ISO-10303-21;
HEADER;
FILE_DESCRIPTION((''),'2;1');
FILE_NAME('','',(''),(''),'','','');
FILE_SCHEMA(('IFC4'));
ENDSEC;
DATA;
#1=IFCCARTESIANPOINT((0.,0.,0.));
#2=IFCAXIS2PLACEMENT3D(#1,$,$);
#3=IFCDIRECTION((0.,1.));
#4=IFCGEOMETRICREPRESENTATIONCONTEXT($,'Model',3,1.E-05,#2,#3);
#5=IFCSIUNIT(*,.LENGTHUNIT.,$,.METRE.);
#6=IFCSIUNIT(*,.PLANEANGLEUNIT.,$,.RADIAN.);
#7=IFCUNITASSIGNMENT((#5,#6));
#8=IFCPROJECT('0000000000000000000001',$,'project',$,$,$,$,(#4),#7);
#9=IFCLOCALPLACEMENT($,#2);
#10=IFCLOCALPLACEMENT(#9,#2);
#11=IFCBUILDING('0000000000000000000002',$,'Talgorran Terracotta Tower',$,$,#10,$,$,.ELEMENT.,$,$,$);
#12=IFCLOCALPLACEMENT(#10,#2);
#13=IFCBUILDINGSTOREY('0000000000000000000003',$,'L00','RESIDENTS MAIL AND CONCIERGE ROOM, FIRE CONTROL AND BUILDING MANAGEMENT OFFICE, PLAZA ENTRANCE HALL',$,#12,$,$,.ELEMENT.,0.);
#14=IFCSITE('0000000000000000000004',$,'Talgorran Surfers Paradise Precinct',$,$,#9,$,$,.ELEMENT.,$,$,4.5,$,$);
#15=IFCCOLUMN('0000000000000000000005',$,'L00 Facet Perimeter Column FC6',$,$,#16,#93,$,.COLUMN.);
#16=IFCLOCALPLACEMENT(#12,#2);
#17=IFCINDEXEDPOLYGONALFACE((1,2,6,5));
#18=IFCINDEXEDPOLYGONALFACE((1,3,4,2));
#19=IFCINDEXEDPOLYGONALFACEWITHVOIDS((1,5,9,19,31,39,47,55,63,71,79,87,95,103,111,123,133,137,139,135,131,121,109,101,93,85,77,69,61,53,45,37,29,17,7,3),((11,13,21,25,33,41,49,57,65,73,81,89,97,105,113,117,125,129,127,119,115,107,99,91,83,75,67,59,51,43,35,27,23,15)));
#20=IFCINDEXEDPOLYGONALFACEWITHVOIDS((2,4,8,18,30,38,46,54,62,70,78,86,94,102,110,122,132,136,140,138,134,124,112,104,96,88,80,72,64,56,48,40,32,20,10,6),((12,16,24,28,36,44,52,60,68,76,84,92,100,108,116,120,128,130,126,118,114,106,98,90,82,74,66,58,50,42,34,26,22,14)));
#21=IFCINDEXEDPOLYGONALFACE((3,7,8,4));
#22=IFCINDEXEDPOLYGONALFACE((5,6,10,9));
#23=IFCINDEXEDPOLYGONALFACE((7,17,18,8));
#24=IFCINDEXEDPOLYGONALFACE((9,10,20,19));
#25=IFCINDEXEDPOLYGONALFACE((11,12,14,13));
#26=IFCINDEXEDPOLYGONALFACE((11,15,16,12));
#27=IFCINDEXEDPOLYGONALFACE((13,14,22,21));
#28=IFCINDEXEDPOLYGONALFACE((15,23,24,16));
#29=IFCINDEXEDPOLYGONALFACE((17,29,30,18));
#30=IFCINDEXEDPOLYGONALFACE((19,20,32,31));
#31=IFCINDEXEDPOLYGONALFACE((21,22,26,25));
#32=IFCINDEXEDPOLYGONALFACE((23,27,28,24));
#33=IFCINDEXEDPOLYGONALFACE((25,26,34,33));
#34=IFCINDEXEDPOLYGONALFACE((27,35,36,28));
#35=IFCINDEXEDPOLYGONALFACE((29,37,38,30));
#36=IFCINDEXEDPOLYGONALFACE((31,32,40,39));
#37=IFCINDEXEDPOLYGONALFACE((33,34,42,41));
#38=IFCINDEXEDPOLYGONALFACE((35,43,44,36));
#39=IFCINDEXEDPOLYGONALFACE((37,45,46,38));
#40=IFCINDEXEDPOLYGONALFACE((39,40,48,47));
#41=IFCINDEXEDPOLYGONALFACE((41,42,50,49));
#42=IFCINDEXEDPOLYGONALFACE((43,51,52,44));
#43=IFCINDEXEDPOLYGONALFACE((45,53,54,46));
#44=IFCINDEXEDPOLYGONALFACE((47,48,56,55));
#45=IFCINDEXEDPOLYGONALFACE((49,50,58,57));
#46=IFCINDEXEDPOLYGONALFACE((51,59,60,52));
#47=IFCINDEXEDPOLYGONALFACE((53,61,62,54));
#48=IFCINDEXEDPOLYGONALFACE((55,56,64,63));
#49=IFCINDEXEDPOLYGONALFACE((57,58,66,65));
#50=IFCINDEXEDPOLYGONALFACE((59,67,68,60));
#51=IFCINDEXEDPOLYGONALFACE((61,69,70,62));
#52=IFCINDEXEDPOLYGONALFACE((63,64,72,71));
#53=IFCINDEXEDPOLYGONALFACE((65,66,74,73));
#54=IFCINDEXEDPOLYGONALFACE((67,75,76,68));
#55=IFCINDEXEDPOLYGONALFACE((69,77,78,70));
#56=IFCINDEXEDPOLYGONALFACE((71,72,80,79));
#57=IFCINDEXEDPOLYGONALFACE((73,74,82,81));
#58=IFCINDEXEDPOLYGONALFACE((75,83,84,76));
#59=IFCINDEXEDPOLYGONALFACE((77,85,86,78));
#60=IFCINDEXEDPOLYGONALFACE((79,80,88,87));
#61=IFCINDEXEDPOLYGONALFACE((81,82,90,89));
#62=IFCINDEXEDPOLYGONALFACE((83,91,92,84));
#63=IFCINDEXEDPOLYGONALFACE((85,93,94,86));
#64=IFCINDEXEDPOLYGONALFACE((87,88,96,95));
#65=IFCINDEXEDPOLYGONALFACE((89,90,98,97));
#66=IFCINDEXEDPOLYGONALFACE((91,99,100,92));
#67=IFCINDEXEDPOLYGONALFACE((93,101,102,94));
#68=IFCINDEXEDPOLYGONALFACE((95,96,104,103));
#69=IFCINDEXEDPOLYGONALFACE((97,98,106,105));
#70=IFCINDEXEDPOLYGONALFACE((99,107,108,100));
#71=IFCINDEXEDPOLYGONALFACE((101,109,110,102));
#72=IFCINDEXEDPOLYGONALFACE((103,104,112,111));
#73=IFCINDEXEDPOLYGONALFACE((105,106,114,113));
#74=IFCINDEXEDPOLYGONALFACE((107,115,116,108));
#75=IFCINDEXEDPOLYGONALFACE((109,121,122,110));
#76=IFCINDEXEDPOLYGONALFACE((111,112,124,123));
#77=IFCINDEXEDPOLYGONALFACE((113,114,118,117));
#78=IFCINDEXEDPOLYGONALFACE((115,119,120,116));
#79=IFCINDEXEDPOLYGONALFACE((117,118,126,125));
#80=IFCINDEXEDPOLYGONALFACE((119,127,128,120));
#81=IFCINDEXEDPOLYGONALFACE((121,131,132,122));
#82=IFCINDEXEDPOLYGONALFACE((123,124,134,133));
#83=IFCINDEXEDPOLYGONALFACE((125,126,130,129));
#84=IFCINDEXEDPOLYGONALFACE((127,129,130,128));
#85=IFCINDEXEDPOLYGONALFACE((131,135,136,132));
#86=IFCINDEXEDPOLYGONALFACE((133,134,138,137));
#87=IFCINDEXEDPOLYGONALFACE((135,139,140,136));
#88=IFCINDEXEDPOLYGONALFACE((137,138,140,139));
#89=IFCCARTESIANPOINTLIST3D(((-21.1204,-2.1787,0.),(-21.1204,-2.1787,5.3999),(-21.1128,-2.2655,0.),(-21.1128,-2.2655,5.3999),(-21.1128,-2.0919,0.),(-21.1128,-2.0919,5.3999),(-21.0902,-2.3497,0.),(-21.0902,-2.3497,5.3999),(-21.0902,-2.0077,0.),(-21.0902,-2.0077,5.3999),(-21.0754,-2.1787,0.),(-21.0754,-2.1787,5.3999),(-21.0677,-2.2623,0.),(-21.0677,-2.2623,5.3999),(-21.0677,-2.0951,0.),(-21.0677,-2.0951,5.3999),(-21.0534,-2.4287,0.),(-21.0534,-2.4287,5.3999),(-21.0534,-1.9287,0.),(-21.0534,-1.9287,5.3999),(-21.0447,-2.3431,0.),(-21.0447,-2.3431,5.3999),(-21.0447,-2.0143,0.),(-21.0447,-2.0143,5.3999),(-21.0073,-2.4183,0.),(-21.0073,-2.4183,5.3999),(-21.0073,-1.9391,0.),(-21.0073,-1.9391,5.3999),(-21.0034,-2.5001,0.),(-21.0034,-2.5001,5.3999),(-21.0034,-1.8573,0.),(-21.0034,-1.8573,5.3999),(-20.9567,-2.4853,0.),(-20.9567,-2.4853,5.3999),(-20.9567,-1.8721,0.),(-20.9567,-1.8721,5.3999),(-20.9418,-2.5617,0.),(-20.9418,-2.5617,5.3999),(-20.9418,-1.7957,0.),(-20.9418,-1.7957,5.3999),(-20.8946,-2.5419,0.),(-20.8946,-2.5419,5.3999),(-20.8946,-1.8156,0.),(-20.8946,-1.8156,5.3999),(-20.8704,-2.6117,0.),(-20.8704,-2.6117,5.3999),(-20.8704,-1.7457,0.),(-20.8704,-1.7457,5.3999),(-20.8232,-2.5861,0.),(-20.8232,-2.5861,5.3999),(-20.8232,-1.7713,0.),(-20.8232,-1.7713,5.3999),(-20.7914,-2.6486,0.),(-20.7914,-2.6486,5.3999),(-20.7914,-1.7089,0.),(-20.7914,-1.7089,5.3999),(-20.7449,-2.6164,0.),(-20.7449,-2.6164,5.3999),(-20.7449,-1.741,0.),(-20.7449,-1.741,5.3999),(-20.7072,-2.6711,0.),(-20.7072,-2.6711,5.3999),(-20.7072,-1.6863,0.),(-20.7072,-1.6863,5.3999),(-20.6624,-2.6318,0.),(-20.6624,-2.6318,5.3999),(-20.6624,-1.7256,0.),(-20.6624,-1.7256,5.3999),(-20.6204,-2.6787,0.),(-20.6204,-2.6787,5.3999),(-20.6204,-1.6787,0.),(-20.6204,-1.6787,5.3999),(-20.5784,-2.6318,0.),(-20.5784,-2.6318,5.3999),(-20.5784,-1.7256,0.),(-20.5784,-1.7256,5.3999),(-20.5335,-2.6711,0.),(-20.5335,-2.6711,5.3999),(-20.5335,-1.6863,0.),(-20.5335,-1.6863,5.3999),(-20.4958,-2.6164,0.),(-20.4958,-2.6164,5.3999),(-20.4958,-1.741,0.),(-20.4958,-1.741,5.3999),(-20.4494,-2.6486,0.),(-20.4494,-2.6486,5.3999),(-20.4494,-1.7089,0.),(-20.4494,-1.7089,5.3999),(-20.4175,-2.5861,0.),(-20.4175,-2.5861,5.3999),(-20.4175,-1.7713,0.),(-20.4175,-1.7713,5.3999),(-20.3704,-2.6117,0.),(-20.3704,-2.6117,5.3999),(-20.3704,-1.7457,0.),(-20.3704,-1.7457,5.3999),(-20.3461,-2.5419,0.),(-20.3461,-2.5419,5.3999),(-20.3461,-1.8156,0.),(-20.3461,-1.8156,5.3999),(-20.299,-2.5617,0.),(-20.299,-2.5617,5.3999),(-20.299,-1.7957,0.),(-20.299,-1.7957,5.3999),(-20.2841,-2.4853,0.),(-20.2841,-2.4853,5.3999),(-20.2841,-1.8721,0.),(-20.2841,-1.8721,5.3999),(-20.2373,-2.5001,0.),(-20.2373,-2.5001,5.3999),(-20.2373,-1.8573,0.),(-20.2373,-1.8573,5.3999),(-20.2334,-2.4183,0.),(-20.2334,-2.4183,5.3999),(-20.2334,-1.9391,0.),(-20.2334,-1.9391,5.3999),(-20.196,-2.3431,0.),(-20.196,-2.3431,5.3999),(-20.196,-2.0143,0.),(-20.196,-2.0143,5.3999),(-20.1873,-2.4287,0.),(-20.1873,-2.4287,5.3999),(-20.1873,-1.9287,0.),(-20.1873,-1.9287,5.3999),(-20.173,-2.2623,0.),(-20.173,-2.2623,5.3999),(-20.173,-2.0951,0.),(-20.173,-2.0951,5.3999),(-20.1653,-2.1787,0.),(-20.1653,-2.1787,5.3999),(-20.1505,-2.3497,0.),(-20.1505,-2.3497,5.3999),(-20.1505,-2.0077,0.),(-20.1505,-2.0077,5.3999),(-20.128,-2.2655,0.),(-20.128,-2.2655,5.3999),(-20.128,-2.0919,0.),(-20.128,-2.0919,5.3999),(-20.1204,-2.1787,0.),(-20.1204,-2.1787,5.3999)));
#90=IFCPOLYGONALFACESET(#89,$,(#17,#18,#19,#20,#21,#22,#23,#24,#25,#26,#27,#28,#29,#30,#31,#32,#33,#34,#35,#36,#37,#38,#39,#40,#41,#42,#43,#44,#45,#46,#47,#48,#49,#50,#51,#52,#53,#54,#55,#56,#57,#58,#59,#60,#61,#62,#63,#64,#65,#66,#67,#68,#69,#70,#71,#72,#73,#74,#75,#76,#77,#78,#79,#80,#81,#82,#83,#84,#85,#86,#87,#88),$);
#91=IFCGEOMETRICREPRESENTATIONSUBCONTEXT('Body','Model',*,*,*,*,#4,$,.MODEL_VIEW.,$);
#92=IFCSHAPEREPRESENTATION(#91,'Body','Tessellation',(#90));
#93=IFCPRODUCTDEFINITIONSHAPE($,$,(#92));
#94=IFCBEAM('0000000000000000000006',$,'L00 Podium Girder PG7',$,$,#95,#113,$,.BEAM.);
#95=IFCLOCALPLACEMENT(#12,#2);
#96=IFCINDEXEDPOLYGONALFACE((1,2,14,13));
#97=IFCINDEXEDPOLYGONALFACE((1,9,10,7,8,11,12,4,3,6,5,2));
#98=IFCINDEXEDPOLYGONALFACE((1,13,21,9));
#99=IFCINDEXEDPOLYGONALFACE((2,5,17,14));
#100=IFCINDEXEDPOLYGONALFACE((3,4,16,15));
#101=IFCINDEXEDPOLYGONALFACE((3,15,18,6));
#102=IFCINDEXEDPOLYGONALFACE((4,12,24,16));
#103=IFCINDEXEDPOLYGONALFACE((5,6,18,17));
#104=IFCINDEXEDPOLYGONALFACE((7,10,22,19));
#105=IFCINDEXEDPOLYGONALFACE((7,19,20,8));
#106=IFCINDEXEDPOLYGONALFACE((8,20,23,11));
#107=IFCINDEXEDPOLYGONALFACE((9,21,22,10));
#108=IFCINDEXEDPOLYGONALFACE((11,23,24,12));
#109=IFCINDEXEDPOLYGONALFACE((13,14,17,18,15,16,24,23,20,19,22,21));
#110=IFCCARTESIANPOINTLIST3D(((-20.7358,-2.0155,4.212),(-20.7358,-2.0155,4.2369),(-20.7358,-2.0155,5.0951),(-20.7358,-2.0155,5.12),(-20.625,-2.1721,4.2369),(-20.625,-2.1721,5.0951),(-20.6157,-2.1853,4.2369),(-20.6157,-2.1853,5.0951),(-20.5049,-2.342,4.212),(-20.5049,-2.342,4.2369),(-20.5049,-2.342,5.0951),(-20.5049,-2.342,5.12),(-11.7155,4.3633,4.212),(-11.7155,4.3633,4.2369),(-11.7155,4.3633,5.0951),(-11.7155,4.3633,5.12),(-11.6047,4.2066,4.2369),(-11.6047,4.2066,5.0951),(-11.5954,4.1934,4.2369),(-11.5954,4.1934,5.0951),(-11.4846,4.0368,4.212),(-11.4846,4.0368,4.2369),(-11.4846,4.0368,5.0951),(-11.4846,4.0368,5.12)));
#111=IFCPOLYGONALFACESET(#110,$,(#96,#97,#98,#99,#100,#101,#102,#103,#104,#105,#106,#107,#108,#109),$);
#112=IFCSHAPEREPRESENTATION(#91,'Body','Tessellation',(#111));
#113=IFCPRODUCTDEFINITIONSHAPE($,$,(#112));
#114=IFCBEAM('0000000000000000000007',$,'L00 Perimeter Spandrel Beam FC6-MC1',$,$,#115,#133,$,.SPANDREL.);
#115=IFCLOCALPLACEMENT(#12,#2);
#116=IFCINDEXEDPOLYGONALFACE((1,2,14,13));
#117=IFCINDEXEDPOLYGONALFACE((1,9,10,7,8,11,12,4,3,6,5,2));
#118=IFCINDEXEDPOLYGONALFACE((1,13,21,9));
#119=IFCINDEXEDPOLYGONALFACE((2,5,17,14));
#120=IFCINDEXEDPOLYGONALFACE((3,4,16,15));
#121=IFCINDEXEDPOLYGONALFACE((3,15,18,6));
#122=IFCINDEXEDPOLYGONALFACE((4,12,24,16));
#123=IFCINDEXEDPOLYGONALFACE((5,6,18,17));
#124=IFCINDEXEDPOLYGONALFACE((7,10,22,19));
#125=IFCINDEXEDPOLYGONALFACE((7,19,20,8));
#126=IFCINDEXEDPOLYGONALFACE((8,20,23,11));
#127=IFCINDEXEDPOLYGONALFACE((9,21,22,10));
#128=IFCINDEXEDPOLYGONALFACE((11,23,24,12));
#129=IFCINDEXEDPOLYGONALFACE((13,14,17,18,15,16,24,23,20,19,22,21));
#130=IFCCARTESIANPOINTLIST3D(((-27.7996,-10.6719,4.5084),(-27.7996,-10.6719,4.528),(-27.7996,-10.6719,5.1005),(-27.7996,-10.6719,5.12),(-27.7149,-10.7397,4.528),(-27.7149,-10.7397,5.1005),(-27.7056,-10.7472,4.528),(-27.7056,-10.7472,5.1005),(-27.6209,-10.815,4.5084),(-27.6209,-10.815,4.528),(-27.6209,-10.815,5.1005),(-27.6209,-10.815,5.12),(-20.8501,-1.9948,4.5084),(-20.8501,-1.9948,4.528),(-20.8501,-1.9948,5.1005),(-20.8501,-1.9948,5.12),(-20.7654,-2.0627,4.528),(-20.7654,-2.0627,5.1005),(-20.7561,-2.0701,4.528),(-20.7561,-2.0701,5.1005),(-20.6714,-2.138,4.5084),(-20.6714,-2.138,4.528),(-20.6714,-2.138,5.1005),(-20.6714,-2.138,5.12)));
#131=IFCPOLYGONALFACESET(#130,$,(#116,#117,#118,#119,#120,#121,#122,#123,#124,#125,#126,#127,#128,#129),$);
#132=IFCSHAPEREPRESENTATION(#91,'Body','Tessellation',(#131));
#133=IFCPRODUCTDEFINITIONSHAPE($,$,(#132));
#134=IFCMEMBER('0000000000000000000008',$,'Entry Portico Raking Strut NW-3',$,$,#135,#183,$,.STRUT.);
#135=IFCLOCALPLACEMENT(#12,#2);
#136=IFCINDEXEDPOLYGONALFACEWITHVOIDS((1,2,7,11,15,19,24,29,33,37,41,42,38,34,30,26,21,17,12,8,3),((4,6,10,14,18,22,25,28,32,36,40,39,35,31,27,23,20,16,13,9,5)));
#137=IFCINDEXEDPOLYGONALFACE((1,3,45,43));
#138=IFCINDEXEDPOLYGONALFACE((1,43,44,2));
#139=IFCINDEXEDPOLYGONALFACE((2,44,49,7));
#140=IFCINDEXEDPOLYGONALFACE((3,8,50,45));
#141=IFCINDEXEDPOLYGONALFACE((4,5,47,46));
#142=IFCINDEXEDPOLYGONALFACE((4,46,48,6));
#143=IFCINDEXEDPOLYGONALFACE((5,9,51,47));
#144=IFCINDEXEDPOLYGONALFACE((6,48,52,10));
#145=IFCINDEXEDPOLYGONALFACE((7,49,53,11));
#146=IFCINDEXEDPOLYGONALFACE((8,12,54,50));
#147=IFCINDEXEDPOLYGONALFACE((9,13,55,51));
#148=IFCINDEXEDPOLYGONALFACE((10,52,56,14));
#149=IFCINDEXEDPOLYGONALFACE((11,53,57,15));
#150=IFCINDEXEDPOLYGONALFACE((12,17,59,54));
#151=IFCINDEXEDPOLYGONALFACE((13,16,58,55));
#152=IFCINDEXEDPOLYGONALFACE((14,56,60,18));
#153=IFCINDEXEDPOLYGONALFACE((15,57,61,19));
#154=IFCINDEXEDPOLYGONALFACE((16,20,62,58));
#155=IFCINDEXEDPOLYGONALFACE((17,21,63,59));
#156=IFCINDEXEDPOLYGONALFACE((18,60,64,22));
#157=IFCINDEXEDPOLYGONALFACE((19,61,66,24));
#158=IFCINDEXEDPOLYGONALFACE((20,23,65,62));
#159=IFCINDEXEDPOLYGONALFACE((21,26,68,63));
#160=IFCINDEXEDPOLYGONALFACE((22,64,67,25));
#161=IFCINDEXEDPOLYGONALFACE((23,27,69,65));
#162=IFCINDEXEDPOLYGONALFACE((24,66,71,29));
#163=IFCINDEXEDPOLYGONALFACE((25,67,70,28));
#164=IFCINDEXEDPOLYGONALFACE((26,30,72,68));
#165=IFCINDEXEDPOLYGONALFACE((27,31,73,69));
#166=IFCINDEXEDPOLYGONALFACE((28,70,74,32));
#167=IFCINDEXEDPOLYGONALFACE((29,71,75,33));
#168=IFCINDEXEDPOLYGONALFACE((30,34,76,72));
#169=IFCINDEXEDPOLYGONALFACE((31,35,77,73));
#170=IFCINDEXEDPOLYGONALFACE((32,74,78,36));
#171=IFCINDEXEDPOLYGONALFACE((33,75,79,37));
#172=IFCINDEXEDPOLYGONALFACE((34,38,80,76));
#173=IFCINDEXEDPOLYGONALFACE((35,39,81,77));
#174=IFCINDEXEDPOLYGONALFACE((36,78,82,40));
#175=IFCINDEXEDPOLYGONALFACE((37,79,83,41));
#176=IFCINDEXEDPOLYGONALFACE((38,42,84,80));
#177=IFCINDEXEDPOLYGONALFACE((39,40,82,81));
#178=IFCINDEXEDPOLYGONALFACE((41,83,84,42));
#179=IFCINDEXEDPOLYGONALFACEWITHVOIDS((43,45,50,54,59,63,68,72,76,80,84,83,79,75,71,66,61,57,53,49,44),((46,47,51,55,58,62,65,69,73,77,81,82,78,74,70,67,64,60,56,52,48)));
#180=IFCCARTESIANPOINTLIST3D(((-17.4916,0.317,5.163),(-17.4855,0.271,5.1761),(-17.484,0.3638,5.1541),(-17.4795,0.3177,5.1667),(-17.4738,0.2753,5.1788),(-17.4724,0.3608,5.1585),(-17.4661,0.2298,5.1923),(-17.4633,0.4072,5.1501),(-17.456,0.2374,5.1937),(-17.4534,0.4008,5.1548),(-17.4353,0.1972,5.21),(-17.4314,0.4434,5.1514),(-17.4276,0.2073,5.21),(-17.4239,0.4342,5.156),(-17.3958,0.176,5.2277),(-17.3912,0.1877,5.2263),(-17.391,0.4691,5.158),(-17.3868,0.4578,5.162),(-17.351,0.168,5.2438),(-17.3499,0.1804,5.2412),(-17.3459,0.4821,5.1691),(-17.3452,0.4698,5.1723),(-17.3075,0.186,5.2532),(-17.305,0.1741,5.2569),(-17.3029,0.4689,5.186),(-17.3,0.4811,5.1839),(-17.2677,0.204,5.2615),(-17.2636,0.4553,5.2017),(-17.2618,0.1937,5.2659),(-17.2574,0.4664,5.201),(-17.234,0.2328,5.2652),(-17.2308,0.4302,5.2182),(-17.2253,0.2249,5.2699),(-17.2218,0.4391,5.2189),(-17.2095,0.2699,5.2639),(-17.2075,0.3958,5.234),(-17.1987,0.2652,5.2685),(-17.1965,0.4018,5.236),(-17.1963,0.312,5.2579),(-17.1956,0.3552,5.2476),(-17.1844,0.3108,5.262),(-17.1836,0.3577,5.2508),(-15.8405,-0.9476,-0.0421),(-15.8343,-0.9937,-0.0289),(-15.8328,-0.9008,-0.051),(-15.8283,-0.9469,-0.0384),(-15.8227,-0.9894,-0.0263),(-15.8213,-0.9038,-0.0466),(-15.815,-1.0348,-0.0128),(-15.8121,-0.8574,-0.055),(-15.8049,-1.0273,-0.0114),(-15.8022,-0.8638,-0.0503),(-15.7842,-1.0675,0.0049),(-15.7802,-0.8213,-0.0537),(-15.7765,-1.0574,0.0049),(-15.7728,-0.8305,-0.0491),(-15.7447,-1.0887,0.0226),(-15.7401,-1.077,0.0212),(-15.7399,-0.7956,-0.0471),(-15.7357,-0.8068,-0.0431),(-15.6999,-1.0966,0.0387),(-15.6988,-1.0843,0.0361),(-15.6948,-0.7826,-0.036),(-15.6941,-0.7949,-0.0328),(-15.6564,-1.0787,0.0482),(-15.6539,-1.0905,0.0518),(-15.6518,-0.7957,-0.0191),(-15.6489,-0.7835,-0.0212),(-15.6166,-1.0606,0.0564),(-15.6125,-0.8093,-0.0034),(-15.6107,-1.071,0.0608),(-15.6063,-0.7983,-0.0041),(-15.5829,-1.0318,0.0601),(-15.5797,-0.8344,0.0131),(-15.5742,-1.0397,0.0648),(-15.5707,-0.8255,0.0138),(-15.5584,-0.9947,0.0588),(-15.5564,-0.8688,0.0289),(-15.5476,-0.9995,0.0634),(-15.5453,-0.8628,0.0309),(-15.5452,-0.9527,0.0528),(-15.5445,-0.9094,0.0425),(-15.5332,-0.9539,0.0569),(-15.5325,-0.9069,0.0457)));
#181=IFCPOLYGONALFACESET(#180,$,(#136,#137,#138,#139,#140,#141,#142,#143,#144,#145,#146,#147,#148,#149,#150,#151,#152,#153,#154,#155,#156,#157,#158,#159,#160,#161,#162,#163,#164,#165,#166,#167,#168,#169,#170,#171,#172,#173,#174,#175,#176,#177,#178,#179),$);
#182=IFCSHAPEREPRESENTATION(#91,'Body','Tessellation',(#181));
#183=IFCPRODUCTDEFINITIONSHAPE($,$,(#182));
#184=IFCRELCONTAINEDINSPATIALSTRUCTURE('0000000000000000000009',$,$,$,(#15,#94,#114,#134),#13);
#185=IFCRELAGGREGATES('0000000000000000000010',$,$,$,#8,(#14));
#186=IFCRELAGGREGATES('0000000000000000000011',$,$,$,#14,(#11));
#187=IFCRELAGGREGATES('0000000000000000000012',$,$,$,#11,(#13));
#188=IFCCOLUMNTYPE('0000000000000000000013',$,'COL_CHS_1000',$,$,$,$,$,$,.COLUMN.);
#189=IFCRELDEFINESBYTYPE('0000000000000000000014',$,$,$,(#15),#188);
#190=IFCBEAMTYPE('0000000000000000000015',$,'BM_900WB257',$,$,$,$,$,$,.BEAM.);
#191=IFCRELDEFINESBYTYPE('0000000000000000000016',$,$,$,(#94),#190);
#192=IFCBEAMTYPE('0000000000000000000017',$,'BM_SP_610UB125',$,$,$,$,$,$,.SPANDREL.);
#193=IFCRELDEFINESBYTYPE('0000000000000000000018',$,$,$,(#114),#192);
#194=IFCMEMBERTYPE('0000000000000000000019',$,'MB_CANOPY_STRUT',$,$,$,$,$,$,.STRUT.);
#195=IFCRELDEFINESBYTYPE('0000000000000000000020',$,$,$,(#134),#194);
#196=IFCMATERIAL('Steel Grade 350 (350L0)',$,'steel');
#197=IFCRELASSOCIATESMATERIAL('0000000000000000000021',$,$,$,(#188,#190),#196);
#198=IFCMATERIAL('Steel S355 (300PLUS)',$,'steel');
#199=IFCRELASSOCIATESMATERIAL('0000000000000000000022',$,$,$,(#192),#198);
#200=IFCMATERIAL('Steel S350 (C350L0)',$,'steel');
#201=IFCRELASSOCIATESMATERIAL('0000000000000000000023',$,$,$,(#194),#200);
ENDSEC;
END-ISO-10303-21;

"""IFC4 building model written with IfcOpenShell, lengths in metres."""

from ifc_helpers import new_model, si_unit, direction, frame, origin, origin_2d, place, context, subcontext, project, spatial, hollow_circle, i_section, extrude, material, material_profile, profile_set, type_object, element, save


model = new_model("IFC4")

# Units and contexts
model_context = context("Model", 3, precision=1e-05, world=origin(), true_north=direction((0.0, 1.0)))
body_context = subcontext(model_context, "Body", "Model", "MODEL_VIEW")
ifc_project = project(units=[si_unit("LENGTHUNIT", "METRE"), si_unit("PLANEANGLEUNIT", "RADIAN")], contexts=[model_context])

# Site, building, storey
site_placement = place(None, origin())
site = spatial("IfcSite", under=ifc_project, at=site_placement, Name="Talgorran Surfers Paradise Precinct", CompositionType="ELEMENT", RefElevation=4.5)
building_placement = place(site_placement, origin())
building = spatial("IfcBuilding", under=site, at=building_placement, Name="Talgorran Terracotta Tower", CompositionType="ELEMENT")
storey_placement = place(building_placement, origin())
storey = spatial("IfcBuildingStorey", under=building, at=storey_placement, Name="L00", Description="RESIDENTS MAIL AND CONCIERGE ROOM, FIRE CONTROL AND BUILDING MANAGEMENT OFFICE, PLAZA ENTRANCE HALL", CompositionType="ELEMENT", Elevation=0.0)

# Column
ifc_material_1 = material(Name="Steel Grade 350 (350L0)", Category="steel")
ifc_material_profile_1 = material_profile(ifc_material_1, hollow_circle(Radius=0.5, WallThickness=0.0449, at=origin_2d()), Name="CHS1000X45")
ifc_profile_set_1 = profile_set([ifc_material_profile_1], Name="Steel Grade 350 (350L0)")
column_type = type_object("IfcColumnType", Name="COL_CHS_1000", PredefinedType="COLUMN", material=ifc_profile_set_1)
column_placement = place(storey_placement, frame((-20.6204, -2.1787, 0.0), z_axis=(0.0, 0.0, 1.0), x_axis=(1.0, 0.0, 0.0)))
element("IfcColumn", 1, at=column_placement, inside=storey, type_object=column_type, Name="L00 Facet Perimeter Column FC6", PredefinedType="COLUMN", context=body_context, shape_type="SweptSolid", body=[
    extrude(hollow_circle(Radius=0.5, WallThickness=0.0449, at=origin_2d()), origin(), (0.0, 0.0, 1.0), 5.3999),
])

# Beams
ifc_material_profile_2 = material_profile(ifc_material_1, i_section(OverallWidth=0.3999, OverallDepth=0.908, WebThickness=0.0161, FlangeThickness=0.0249, at=origin_2d()), Name="900WB257")
ifc_profile_set_2 = profile_set([ifc_material_profile_2], Name="Steel Grade 350 (350L0)")
beam_type_1 = type_object("IfcBeamType", Name="BM_900WB257", PredefinedType="BEAM", material=ifc_profile_set_2)
beam_1_placement = place(storey_placement, frame((-20.6204, -2.1787, 4.666), z_axis=(0.816481, 0.577373, 0.0), x_axis=(-0.577373, 0.816481, 0.0)))
element("IfcBeam", 2, at=beam_1_placement, inside=storey, type_object=beam_type_1, Name="L00 Podium Girder PG7", PredefinedType="BEAM", context=body_context, shape_type="SweptSolid", body=[
    extrude(i_section(OverallWidth=0.3999, OverallDepth=0.908, WebThickness=0.0161, FlangeThickness=0.0249, at=origin_2d()), origin(), (0.0, 0.0, 1.0), 11.0479),
])
ifc_material_2 = material(Name="Steel S355 (300PLUS)", Category="steel")
ifc_material_profile_3 = material_profile(ifc_material_2, i_section(OverallWidth=0.229, OverallDepth=0.6116, WebThickness=0.012, FlangeThickness=0.0195, at=origin_2d()), Name="610UB125")
ifc_profile_set_3 = profile_set([ifc_material_profile_3], Name="Steel S355 (300PLUS)")
beam_type_2 = type_object("IfcBeamType", Name="BM_SP_610UB125", PredefinedType="SPANDREL", material=ifc_profile_set_3)
beam_2_placement = place(storey_placement, frame((-20.7607, -2.0664, 4.8142), z_axis=(-0.625126, -0.780524, 0.0), x_axis=(0.780524, -0.625126, 0.0)))
element("IfcBeam", 3, at=beam_2_placement, inside=storey, type_object=beam_type_2, Name="L00 Perimeter Spandrel Beam FC6-MC1", PredefinedType="SPANDREL", context=body_context, shape_type="SweptSolid", body=[
    extrude(i_section(OverallWidth=0.229, OverallDepth=0.6116, WebThickness=0.012, FlangeThickness=0.0195, at=origin_2d()), origin(), (0.0, 0.0, 1.0), 11.1169),
])

# Member
ifc_material_3 = material(Name="Steel S350 (C350L0)", Category="steel")
ifc_material_profile_4 = material_profile(ifc_material_3, hollow_circle(Radius=0.1619, WallThickness=0.0127, at=origin_2d()), Name="CHS323.9X12.7")
ifc_profile_set_4 = profile_set([ifc_material_profile_4], Name="Steel S350 (C350L0)")
member_type = type_object("IfcMemberType", Name="MB_CANOPY_STRUT", PredefinedType="STRUT", material=ifc_profile_set_4)
member_placement = place(storey_placement, frame((-15.6858, -0.939, 0.0049), z_axis=(-0.294569, 0.22562, 0.928614), x_axis=(-0.608064, -0.793888, 0.0)))
element("IfcMember", 4, at=member_placement, inside=storey, type_object=member_type, Name="Entry Portico Raking Strut NW-3", PredefinedType="STRUT", context=body_context, shape_type="SweptSolid", body=[
    extrude(hollow_circle(Radius=0.1619, WallThickness=0.0127, at=origin_2d()), origin(), (0.0, 0.0, 1.0), 5.6052),
])

save(model, "model.ifc")
